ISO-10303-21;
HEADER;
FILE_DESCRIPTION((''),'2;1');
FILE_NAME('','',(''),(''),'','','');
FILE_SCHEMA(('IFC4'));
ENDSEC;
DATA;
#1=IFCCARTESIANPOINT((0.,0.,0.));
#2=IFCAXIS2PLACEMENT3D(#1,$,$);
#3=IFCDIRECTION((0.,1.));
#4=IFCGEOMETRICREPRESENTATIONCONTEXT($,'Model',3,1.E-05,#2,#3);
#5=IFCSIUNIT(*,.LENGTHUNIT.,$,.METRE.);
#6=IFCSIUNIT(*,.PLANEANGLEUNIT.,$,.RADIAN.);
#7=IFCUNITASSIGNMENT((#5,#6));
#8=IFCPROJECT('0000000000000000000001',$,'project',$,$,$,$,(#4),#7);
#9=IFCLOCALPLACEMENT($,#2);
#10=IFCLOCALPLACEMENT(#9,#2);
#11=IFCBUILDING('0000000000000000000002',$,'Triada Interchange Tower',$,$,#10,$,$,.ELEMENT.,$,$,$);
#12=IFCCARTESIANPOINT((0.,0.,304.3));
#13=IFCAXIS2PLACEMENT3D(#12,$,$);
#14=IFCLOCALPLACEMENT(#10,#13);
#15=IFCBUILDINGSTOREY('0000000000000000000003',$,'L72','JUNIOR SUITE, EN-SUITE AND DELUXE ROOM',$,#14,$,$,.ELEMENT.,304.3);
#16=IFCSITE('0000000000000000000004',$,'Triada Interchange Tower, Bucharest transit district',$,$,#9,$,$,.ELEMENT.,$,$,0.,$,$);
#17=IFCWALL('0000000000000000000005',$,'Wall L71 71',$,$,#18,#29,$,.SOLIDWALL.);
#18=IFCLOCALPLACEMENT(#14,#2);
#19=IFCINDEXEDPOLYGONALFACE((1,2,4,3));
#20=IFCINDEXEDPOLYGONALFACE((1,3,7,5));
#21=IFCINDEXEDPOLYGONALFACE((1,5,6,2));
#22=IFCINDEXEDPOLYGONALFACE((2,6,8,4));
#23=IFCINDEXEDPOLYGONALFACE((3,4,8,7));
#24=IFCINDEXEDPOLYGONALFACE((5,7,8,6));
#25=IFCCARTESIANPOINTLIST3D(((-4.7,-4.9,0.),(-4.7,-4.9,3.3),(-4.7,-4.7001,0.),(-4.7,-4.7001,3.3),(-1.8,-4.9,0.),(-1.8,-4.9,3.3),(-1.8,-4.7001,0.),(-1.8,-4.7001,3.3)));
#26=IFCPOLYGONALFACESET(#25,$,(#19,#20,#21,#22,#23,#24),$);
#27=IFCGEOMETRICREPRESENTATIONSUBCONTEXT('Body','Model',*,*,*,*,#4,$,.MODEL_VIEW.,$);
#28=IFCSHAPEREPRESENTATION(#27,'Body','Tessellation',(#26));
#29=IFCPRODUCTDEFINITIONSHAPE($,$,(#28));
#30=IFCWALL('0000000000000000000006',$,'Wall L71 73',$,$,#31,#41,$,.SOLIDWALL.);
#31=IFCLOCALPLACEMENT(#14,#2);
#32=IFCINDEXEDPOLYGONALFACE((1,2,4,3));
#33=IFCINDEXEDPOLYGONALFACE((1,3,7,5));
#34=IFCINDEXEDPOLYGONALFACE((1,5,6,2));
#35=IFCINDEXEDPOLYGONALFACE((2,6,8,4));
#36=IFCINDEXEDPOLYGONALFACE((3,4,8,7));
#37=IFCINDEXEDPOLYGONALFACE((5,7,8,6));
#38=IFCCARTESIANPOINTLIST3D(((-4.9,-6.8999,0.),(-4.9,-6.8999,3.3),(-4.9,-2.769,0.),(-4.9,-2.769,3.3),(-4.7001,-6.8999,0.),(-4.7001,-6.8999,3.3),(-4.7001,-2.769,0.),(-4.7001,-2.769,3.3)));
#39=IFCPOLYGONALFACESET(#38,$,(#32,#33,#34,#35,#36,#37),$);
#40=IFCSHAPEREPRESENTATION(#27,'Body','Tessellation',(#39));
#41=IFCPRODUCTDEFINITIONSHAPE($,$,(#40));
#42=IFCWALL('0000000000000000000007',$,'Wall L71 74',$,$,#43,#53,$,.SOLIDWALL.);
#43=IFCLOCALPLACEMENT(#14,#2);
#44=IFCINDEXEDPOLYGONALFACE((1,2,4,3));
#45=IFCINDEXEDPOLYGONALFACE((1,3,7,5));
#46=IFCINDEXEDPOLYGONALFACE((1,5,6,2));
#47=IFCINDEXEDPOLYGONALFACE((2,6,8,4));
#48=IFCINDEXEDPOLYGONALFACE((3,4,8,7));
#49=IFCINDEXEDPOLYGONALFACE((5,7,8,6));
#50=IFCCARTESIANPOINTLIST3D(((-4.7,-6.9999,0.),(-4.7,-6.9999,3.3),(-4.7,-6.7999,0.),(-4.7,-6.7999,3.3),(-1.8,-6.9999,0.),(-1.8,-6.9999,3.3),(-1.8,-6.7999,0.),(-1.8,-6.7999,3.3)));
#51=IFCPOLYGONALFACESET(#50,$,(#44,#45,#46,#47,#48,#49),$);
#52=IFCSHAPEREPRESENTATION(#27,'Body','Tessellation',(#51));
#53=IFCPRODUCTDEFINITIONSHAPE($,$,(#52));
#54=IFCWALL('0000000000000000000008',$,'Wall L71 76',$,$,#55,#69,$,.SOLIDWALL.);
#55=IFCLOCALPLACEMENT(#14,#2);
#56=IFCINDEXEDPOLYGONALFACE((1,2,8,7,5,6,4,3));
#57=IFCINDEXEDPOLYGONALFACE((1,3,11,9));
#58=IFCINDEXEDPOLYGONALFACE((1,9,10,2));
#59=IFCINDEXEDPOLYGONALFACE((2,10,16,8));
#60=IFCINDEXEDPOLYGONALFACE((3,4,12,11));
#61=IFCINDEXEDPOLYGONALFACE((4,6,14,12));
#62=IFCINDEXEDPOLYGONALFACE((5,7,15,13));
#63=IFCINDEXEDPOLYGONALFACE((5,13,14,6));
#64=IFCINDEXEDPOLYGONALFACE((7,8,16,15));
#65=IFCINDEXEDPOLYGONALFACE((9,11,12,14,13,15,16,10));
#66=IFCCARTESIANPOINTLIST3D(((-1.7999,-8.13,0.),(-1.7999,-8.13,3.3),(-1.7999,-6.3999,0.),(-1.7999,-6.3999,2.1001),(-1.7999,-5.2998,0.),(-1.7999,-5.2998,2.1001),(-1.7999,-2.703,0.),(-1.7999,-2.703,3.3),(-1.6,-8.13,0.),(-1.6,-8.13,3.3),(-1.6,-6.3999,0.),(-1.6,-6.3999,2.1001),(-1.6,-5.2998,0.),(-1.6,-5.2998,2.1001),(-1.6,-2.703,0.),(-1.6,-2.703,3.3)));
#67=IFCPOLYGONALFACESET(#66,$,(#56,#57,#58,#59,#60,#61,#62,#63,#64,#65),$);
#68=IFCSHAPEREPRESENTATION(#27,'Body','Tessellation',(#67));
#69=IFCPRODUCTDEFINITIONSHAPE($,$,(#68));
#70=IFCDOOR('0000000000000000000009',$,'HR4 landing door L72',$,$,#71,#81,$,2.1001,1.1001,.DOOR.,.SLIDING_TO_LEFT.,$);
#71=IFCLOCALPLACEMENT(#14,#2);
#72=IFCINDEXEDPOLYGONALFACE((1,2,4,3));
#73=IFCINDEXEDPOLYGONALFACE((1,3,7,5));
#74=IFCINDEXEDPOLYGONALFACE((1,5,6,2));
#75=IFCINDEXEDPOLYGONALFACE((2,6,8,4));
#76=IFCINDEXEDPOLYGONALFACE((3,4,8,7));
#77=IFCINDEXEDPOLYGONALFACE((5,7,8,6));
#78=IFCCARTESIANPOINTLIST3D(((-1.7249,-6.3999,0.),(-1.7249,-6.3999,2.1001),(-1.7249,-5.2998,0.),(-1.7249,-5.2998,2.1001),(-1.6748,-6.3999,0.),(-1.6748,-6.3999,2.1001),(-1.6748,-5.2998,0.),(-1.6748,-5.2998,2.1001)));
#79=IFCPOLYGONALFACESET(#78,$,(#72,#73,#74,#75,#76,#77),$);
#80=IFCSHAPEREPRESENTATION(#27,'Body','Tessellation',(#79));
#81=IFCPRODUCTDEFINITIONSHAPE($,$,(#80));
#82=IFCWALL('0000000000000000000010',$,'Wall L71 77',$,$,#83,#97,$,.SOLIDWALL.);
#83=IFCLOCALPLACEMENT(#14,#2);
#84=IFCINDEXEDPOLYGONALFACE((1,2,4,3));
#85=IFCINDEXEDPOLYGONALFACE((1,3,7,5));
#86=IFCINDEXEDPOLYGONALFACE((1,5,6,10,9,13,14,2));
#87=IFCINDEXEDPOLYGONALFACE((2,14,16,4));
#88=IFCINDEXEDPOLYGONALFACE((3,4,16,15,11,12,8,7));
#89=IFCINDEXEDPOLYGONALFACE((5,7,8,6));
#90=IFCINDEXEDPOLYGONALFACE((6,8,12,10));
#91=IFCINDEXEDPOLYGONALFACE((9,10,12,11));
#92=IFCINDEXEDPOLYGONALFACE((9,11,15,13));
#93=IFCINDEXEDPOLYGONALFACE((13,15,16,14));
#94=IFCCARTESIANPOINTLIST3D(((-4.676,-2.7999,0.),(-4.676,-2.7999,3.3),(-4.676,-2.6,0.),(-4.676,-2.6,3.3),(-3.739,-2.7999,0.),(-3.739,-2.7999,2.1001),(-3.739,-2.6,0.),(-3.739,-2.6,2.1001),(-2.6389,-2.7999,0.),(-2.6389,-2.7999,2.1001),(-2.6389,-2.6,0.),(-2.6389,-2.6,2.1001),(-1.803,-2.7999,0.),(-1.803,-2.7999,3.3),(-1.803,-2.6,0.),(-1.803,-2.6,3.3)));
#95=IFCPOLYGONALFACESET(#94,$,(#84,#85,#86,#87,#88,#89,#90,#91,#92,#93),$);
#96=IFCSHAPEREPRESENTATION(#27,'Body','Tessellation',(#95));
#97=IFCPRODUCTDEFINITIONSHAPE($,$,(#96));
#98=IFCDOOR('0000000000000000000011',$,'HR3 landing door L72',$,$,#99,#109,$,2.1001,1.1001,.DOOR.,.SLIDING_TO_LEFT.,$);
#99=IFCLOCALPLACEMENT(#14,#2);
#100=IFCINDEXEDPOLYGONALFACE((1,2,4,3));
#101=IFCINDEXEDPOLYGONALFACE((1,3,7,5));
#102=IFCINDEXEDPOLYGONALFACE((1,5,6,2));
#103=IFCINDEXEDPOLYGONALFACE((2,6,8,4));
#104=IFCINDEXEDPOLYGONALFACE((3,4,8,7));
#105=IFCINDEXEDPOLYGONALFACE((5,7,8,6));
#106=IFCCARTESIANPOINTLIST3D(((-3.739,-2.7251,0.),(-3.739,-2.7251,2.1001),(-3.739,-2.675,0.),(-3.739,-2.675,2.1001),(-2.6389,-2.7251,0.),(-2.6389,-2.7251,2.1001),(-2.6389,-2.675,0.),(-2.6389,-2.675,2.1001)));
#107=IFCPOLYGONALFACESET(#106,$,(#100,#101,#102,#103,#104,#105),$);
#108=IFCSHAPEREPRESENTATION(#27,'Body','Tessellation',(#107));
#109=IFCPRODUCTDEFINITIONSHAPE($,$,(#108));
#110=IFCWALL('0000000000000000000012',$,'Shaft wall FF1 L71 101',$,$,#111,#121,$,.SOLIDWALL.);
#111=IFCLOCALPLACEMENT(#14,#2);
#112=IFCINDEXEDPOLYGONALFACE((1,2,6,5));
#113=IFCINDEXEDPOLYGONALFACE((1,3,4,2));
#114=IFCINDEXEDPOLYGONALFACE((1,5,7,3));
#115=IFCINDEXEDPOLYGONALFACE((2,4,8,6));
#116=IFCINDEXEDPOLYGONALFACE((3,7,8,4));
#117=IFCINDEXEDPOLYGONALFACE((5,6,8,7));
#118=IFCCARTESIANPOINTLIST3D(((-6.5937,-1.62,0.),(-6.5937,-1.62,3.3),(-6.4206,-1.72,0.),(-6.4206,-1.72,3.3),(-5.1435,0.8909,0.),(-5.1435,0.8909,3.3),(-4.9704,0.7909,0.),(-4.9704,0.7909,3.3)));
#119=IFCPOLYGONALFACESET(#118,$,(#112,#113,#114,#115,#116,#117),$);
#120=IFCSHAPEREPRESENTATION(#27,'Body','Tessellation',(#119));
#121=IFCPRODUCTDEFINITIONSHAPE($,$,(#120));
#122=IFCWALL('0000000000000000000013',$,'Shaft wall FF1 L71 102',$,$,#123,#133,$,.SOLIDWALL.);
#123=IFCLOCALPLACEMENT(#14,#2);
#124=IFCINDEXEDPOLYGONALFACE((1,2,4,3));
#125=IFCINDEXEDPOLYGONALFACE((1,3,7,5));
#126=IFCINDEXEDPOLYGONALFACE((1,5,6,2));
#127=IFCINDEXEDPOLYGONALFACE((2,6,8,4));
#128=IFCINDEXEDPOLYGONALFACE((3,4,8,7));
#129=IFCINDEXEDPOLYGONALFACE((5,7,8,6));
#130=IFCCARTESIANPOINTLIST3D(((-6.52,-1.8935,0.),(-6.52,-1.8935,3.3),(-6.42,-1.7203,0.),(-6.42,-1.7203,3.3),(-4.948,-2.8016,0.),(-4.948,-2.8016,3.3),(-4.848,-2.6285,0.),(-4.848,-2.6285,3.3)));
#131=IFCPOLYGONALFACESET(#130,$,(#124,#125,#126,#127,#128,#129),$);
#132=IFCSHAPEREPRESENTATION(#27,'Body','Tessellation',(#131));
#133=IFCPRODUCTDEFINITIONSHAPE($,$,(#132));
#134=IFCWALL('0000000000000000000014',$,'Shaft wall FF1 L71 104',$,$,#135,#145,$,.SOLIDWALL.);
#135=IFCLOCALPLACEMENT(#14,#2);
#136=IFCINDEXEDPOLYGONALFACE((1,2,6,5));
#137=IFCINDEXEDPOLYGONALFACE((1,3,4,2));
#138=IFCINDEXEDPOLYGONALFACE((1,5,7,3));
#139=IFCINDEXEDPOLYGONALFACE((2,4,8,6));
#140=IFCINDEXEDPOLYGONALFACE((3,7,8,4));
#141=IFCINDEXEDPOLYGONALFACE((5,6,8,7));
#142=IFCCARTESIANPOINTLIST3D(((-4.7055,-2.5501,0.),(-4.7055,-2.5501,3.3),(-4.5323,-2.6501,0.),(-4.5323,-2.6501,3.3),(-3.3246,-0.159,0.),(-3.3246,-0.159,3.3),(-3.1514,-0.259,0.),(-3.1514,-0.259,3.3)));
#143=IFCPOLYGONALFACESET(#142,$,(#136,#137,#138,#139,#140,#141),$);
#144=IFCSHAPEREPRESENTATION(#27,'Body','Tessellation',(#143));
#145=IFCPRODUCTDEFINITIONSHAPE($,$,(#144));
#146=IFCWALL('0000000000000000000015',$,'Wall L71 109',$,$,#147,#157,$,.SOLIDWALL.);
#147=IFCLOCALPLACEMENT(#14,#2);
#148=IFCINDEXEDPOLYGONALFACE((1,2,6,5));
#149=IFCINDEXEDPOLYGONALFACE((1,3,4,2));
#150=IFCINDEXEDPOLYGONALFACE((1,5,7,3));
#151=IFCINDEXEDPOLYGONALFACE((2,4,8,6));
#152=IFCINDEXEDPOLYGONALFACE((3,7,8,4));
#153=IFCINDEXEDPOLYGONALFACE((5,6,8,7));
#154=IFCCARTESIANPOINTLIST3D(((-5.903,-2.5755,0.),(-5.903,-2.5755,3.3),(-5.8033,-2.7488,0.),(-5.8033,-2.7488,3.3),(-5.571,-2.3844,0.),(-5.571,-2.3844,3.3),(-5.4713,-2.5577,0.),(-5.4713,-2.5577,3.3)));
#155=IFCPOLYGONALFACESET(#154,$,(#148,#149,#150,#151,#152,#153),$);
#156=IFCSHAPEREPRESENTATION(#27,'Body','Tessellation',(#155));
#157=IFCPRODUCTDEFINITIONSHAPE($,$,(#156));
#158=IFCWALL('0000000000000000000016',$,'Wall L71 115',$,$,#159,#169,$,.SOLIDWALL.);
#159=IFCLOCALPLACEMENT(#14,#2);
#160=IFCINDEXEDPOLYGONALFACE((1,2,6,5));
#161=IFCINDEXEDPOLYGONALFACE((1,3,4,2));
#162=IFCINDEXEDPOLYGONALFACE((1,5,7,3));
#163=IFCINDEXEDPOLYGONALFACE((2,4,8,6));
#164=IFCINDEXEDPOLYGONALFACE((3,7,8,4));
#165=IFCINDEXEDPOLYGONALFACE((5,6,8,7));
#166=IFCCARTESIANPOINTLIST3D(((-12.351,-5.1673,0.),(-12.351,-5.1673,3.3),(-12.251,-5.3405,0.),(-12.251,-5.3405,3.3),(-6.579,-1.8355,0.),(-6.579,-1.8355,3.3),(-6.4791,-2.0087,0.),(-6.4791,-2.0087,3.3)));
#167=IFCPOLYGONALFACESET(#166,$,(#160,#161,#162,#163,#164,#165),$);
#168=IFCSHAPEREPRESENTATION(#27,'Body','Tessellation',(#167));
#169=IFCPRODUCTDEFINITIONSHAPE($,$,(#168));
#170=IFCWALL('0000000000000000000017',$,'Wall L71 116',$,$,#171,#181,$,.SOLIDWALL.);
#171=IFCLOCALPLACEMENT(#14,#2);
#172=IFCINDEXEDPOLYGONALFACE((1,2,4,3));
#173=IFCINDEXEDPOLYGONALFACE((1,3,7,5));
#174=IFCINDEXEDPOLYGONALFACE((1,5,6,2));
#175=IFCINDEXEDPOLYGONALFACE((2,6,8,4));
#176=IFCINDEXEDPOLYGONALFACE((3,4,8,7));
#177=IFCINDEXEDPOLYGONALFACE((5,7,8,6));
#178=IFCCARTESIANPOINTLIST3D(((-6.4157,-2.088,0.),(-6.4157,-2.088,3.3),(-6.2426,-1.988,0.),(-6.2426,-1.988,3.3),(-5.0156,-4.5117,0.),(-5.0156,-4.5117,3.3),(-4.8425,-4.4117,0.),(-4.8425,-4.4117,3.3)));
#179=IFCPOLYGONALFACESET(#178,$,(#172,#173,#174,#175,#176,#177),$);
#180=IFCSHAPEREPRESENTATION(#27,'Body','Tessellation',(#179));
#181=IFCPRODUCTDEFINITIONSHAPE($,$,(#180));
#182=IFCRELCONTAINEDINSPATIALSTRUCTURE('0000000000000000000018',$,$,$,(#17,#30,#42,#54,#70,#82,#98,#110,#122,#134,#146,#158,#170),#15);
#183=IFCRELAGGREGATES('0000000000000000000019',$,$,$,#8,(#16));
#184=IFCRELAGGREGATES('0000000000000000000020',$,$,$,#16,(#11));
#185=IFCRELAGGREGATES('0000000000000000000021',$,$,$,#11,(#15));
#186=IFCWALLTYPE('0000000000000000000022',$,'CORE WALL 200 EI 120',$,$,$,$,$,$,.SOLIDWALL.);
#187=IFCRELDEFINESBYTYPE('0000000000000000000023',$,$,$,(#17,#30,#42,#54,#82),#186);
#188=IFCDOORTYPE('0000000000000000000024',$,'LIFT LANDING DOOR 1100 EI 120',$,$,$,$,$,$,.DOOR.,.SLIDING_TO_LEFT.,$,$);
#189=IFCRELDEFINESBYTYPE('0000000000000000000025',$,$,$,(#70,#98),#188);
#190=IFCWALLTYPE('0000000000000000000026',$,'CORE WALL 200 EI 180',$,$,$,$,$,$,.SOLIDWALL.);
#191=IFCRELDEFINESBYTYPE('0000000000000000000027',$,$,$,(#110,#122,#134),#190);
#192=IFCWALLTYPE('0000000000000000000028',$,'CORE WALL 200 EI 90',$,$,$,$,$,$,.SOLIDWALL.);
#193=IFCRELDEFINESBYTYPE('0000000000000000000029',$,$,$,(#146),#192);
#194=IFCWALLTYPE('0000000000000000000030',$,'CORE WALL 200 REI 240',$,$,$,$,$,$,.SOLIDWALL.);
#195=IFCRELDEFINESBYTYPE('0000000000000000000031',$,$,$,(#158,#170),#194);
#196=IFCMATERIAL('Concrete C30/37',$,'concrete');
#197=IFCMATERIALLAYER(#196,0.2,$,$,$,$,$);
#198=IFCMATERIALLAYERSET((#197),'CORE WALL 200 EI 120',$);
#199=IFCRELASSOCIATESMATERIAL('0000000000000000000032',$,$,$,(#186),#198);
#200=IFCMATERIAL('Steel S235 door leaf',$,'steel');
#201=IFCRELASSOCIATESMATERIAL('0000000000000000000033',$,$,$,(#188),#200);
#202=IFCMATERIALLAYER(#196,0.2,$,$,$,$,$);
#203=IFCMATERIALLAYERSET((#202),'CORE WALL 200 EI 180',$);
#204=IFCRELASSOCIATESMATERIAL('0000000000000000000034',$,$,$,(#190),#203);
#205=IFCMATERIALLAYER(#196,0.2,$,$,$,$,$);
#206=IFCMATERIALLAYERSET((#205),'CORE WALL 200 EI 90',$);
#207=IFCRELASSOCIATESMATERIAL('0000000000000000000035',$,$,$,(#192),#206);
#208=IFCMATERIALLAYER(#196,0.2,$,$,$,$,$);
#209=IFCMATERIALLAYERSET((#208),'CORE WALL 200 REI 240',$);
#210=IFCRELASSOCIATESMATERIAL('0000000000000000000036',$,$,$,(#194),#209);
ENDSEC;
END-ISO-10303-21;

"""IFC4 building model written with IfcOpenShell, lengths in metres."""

from ifc_helpers import new_model, si_unit, direction, frame, frame_2d, origin, place, context, subcontext, project, spatial, rectangle, extrude, material, layer, layer_set, type_object, element, fill, save


model = new_model("IFC4")

# Units and contexts
model_context = context("Model", 3, precision=1e-05, world=origin(), true_north=direction((0.0, 1.0)))
body_context = subcontext(model_context, "Body", "Model", "MODEL_VIEW")
ifc_project = project(units=[si_unit("LENGTHUNIT", "METRE"), si_unit("PLANEANGLEUNIT", "RADIAN")], contexts=[model_context])

# Site, building, storey
site_placement = place(None, origin())
site = spatial("IfcSite", under=ifc_project, at=site_placement, Name="Triada Interchange Tower, Bucharest transit district", CompositionType="ELEMENT", RefElevation=0.0)
building_placement = place(site_placement, origin())
building = spatial("IfcBuilding", under=site, at=building_placement, Name="Triada Interchange Tower", CompositionType="ELEMENT")
storey_placement = place(building_placement, frame((0.0, 0.0, 304.3)))
storey = spatial("IfcBuildingStorey", under=building, at=storey_placement, Name="L72", Description="JUNIOR SUITE, EN-SUITE AND DELUXE ROOM", CompositionType="ELEMENT", Elevation=304.3)

# Walls
ifc_material_1 = material(Name="Concrete C30/37", Category="concrete")
ifc_layer_1 = layer(ifc_material_1, 0.2)
ifc_layer_set_1 = layer_set([ifc_layer_1], Name="CORE WALL 200 EI 120")
wall_type_1 = type_object("IfcWallType", Name="CORE WALL 200 EI 120", PredefinedType="SOLIDWALL", material=ifc_layer_set_1)
wall_1_placement = place(storey_placement, frame((-4.7, -4.8, 0.0), z_axis=(0.0, 0.0, 1.0), x_axis=(1.0, 0.0, 0.0)))
element("IfcWall", 1, at=wall_1_placement, inside=storey, type_object=wall_type_1, Name="Wall L71 71", PredefinedType="SOLIDWALL", context=body_context, shape_type="SweptSolid", body=[
    extrude(rectangle(XDim=2.8999, YDim=0.2, at=frame_2d((1.45, 0.0))), origin(), (0.0, 0.0, 1.0), 3.3),
])
wall_2_placement = place(storey_placement, frame((-4.8, -6.8999, 0.0), z_axis=(0.0, 0.0, 1.0), x_axis=(0.0, 1.0, 0.0)))
element("IfcWall", 2, at=wall_2_placement, inside=storey, type_object=wall_type_1, Name="Wall L71 73", PredefinedType="SOLIDWALL", context=body_context, shape_type="SweptSolid", body=[
    extrude(rectangle(XDim=4.1309, YDim=0.2, at=frame_2d((2.0654, 0.0))), origin(), (0.0, 0.0, 1.0), 3.3),
])
wall_3_placement = place(storey_placement, frame((-4.7, -6.8999, 0.0), z_axis=(0.0, 0.0, 1.0), x_axis=(1.0, 0.0, 0.0)))
element("IfcWall", 3, at=wall_3_placement, inside=storey, type_object=wall_type_1, Name="Wall L71 74", PredefinedType="SOLIDWALL", context=body_context, shape_type="SweptSolid", body=[
    extrude(rectangle(XDim=2.8999, YDim=0.2, at=frame_2d((1.45, 0.0))), origin(), (0.0, 0.0, 1.0), 3.3),
])

# Walls, openings, doors
wall_4_placement = place(storey_placement, frame((-1.7, -8.1299, 0.0), z_axis=(0.0, 0.0, 1.0), x_axis=(0.0, 1.0, 0.0)))
wall_4 = element("IfcWall", 4, at=wall_4_placement, inside=storey, type_object=wall_type_1, Name="Wall L71 76", PredefinedType="SOLIDWALL", context=body_context, shape_type="SweptSolid", body=[
    extrude(rectangle(XDim=5.427, YDim=0.2, at=frame_2d((2.7134, 0.0))), origin(), (0.0, 0.0, 1.0), 3.3),
])
opening_1_placement = place(wall_4_placement, frame((1.73, 0.0, 0.0)))
opening_1 = element("IfcOpeningElement", 5, at=opening_1_placement, cuts=wall_4, PredefinedType="OPENING", context=body_context, shape_type="SweptSolid", body=[
    extrude(rectangle(XDim=1.1001, YDim=2.1001, at=frame_2d((0.55, 1.05))), frame((0.0, 0.1099, 0.0), z_axis=(0.0, -1.0, 0.0), x_axis=(1.0, 0.0, 0.0)), (0.0, 0.0, 1.0), 0.22),
])
ifc_material_2 = material(Name="Steel S235 door leaf", Category="steel")
door_type_1 = type_object("IfcDoorType", Name="LIFT LANDING DOOR 1100 EI 120", OperationType="SLIDING_TO_LEFT", PredefinedType="DOOR", material=ifc_material_2)
door_1_placement = place(opening_1_placement, origin())
door_1 = element("IfcDoor", 6, at=door_1_placement, inside=storey, type_object=door_type_1, Name="HR4 landing door L72", OperationType="SLIDING_TO_LEFT", OverallHeight=2.1001, OverallWidth=1.1001, PredefinedType="DOOR", context=body_context, shape_type="SweptSolid", body=[
    extrude(rectangle(XDim=1.1001, YDim=2.1001, at=frame_2d((0.55, 1.05))), frame((0.0, 0.0249, 0.0), z_axis=(0.0, -1.0, 0.0), x_axis=(1.0, 0.0, 0.0)), (0.0, 0.0, 1.0), 0.05),
])
fill(opening_1, door_1)
wall_5_placement = place(storey_placement, frame((-4.676, -2.7, 0.0), z_axis=(0.0, 0.0, 1.0), x_axis=(1.0, 0.0, 0.0)))
wall_5 = element("IfcWall", 7, at=wall_5_placement, inside=storey, type_object=wall_type_1, Name="Wall L71 77", PredefinedType="SOLIDWALL", context=body_context, shape_type="SweptSolid", body=[
    extrude(rectangle(XDim=2.873, YDim=0.2, at=frame_2d((1.4365, 0.0))), origin(), (0.0, 0.0, 1.0), 3.3),
])
opening_2_placement = place(wall_5_placement, frame((0.937, 0.0, 0.0)))
opening_2 = element("IfcOpeningElement", 8, at=opening_2_placement, cuts=wall_5, PredefinedType="OPENING", context=body_context, shape_type="SweptSolid", body=[
    extrude(rectangle(XDim=1.1001, YDim=2.1001, at=frame_2d((0.55, 1.05))), frame((0.0, 0.1099, 0.0), z_axis=(0.0, -1.0, 0.0), x_axis=(1.0, 0.0, 0.0)), (0.0, 0.0, 1.0), 0.22),
])
door_2_placement = place(opening_2_placement, origin())
door_2 = element("IfcDoor", 9, at=door_2_placement, inside=storey, type_object=door_type_1, Name="HR3 landing door L72", OperationType="SLIDING_TO_LEFT", OverallHeight=2.1001, OverallWidth=1.1001, PredefinedType="DOOR", context=body_context, shape_type="SweptSolid", body=[
    extrude(rectangle(XDim=1.1001, YDim=2.1001, at=frame_2d((0.55, 1.05))), frame((0.0, 0.0249, 0.0), z_axis=(0.0, -1.0, 0.0), x_axis=(1.0, 0.0, 0.0)), (0.0, 0.0, 1.0), 0.05),
])
fill(opening_2, door_2)

# Walls
ifc_layer_2 = layer(ifc_material_1, 0.2)
ifc_layer_set_2 = layer_set([ifc_layer_2], Name="CORE WALL 200 EI 180")
wall_type_2 = type_object("IfcWallType", Name="CORE WALL 200 EI 180", PredefinedType="SOLIDWALL", material=ifc_layer_set_2)
wall_6_placement = place(storey_placement, frame((-6.5071, -1.6699, 0.0), z_axis=(0.0, 0.0, 1.0), x_axis=(0.500123, 0.865954, 0.0)))
element("IfcWall", 10, at=wall_6_placement, inside=storey, type_object=wall_type_2, Name="Shaft wall FF1 L71 101", PredefinedType="SOLIDWALL", context=body_context, shape_type="SweptSolid", body=[
    extrude(rectangle(XDim=2.8997, YDim=0.2, at=frame_2d((1.4497, 0.0))), origin(), (0.0, 0.0, 1.0), 3.3),
])
wall_7_placement = place(storey_placement, frame((-6.47, -1.8069, 0.0), z_axis=(0.0, 0.0, 1.0), x_axis=(0.865883, -0.500246, 0.0)))
element("IfcWall", 11, at=wall_7_placement, inside=storey, type_object=wall_type_2, Name="Shaft wall FF1 L71 102", PredefinedType="SOLIDWALL", context=body_context, shape_type="SweptSolid", body=[
    extrude(rectangle(XDim=1.8154, YDim=0.2, at=frame_2d((0.9077, 0.0))), origin(), (0.0, 0.0, 1.0), 3.3),
])
wall_8_placement = place(storey_placement, frame((-4.6189, -2.6001, 0.0), z_axis=(0.0, 0.0, 1.0), x_axis=(0.500095, 0.865971, 0.0)))
element("IfcWall", 12, at=wall_8_placement, inside=storey, type_object=wall_type_2, Name="Shaft wall FF1 L71 104", PredefinedType="SOLIDWALL", context=body_context, shape_type="SweptSolid", body=[
    extrude(rectangle(XDim=2.7612, YDim=0.2, at=frame_2d((1.3806, 0.0))), origin(), (0.0, 0.0, 1.0), 3.3),
])
ifc_layer_3 = layer(ifc_material_1, 0.2)
ifc_layer_set_3 = layer_set([ifc_layer_3], Name="CORE WALL 200 EI 90")
wall_type_3 = type_object("IfcWallType", Name="CORE WALL 200 EI 90", PredefinedType="SOLIDWALL", material=ifc_layer_set_3)
wall_9_placement = place(storey_placement, frame((-5.853, -2.6621, 0.0), z_axis=(0.0, 0.0, 1.0), x_axis=(0.866631, 0.49895, 0.0)))
element("IfcWall", 13, at=wall_9_placement, inside=storey, type_object=wall_type_3, Name="Wall L71 109", PredefinedType="SOLIDWALL", context=body_context, shape_type="SweptSolid", body=[
    extrude(rectangle(XDim=0.3831, YDim=0.2, at=frame_2d((0.1914, 0.0))), origin(), (0.0, 0.0, 1.0), 3.3),
])
ifc_layer_4 = layer(ifc_material_1, 0.2)
ifc_layer_set_4 = layer_set([ifc_layer_4], Name="CORE WALL 200 REI 240")
wall_type_4 = type_object("IfcWallType", Name="CORE WALL 200 REI 240", PredefinedType="SOLIDWALL", material=ifc_layer_set_4)
wall_10_placement = place(storey_placement, frame((-12.301, -5.2539, 0.0), z_axis=(0.0, 0.0, 1.0), x_axis=(0.866068, 0.499925, 0.0)))
element("IfcWall", 14, at=wall_10_placement, inside=storey, type_object=wall_type_4, Name="Wall L71 115", PredefinedType="SOLIDWALL", context=body_context, shape_type="SweptSolid", body=[
    extrude(rectangle(XDim=6.6646, YDim=0.2, at=frame_2d((3.3323, 0.0))), origin(), (0.0, 0.0, 1.0), 3.3),
])
wall_11_placement = place(storey_placement, frame((-6.3291, -2.0381, 0.0), z_axis=(0.0, 0.0, 1.0), x_axis=(0.500201, -0.86591, 0.0)))
element("IfcWall", 15, at=wall_11_placement, inside=storey, type_object=wall_type_4, Name="Wall L71 116", PredefinedType="SOLIDWALL", context=body_context, shape_type="SweptSolid", body=[
    extrude(rectangle(XDim=2.7991, YDim=0.2, at=frame_2d((1.3994, 0.0))), origin(), (0.0, 0.0, 1.0), 3.3),
])

save(model, "model.ifc")
